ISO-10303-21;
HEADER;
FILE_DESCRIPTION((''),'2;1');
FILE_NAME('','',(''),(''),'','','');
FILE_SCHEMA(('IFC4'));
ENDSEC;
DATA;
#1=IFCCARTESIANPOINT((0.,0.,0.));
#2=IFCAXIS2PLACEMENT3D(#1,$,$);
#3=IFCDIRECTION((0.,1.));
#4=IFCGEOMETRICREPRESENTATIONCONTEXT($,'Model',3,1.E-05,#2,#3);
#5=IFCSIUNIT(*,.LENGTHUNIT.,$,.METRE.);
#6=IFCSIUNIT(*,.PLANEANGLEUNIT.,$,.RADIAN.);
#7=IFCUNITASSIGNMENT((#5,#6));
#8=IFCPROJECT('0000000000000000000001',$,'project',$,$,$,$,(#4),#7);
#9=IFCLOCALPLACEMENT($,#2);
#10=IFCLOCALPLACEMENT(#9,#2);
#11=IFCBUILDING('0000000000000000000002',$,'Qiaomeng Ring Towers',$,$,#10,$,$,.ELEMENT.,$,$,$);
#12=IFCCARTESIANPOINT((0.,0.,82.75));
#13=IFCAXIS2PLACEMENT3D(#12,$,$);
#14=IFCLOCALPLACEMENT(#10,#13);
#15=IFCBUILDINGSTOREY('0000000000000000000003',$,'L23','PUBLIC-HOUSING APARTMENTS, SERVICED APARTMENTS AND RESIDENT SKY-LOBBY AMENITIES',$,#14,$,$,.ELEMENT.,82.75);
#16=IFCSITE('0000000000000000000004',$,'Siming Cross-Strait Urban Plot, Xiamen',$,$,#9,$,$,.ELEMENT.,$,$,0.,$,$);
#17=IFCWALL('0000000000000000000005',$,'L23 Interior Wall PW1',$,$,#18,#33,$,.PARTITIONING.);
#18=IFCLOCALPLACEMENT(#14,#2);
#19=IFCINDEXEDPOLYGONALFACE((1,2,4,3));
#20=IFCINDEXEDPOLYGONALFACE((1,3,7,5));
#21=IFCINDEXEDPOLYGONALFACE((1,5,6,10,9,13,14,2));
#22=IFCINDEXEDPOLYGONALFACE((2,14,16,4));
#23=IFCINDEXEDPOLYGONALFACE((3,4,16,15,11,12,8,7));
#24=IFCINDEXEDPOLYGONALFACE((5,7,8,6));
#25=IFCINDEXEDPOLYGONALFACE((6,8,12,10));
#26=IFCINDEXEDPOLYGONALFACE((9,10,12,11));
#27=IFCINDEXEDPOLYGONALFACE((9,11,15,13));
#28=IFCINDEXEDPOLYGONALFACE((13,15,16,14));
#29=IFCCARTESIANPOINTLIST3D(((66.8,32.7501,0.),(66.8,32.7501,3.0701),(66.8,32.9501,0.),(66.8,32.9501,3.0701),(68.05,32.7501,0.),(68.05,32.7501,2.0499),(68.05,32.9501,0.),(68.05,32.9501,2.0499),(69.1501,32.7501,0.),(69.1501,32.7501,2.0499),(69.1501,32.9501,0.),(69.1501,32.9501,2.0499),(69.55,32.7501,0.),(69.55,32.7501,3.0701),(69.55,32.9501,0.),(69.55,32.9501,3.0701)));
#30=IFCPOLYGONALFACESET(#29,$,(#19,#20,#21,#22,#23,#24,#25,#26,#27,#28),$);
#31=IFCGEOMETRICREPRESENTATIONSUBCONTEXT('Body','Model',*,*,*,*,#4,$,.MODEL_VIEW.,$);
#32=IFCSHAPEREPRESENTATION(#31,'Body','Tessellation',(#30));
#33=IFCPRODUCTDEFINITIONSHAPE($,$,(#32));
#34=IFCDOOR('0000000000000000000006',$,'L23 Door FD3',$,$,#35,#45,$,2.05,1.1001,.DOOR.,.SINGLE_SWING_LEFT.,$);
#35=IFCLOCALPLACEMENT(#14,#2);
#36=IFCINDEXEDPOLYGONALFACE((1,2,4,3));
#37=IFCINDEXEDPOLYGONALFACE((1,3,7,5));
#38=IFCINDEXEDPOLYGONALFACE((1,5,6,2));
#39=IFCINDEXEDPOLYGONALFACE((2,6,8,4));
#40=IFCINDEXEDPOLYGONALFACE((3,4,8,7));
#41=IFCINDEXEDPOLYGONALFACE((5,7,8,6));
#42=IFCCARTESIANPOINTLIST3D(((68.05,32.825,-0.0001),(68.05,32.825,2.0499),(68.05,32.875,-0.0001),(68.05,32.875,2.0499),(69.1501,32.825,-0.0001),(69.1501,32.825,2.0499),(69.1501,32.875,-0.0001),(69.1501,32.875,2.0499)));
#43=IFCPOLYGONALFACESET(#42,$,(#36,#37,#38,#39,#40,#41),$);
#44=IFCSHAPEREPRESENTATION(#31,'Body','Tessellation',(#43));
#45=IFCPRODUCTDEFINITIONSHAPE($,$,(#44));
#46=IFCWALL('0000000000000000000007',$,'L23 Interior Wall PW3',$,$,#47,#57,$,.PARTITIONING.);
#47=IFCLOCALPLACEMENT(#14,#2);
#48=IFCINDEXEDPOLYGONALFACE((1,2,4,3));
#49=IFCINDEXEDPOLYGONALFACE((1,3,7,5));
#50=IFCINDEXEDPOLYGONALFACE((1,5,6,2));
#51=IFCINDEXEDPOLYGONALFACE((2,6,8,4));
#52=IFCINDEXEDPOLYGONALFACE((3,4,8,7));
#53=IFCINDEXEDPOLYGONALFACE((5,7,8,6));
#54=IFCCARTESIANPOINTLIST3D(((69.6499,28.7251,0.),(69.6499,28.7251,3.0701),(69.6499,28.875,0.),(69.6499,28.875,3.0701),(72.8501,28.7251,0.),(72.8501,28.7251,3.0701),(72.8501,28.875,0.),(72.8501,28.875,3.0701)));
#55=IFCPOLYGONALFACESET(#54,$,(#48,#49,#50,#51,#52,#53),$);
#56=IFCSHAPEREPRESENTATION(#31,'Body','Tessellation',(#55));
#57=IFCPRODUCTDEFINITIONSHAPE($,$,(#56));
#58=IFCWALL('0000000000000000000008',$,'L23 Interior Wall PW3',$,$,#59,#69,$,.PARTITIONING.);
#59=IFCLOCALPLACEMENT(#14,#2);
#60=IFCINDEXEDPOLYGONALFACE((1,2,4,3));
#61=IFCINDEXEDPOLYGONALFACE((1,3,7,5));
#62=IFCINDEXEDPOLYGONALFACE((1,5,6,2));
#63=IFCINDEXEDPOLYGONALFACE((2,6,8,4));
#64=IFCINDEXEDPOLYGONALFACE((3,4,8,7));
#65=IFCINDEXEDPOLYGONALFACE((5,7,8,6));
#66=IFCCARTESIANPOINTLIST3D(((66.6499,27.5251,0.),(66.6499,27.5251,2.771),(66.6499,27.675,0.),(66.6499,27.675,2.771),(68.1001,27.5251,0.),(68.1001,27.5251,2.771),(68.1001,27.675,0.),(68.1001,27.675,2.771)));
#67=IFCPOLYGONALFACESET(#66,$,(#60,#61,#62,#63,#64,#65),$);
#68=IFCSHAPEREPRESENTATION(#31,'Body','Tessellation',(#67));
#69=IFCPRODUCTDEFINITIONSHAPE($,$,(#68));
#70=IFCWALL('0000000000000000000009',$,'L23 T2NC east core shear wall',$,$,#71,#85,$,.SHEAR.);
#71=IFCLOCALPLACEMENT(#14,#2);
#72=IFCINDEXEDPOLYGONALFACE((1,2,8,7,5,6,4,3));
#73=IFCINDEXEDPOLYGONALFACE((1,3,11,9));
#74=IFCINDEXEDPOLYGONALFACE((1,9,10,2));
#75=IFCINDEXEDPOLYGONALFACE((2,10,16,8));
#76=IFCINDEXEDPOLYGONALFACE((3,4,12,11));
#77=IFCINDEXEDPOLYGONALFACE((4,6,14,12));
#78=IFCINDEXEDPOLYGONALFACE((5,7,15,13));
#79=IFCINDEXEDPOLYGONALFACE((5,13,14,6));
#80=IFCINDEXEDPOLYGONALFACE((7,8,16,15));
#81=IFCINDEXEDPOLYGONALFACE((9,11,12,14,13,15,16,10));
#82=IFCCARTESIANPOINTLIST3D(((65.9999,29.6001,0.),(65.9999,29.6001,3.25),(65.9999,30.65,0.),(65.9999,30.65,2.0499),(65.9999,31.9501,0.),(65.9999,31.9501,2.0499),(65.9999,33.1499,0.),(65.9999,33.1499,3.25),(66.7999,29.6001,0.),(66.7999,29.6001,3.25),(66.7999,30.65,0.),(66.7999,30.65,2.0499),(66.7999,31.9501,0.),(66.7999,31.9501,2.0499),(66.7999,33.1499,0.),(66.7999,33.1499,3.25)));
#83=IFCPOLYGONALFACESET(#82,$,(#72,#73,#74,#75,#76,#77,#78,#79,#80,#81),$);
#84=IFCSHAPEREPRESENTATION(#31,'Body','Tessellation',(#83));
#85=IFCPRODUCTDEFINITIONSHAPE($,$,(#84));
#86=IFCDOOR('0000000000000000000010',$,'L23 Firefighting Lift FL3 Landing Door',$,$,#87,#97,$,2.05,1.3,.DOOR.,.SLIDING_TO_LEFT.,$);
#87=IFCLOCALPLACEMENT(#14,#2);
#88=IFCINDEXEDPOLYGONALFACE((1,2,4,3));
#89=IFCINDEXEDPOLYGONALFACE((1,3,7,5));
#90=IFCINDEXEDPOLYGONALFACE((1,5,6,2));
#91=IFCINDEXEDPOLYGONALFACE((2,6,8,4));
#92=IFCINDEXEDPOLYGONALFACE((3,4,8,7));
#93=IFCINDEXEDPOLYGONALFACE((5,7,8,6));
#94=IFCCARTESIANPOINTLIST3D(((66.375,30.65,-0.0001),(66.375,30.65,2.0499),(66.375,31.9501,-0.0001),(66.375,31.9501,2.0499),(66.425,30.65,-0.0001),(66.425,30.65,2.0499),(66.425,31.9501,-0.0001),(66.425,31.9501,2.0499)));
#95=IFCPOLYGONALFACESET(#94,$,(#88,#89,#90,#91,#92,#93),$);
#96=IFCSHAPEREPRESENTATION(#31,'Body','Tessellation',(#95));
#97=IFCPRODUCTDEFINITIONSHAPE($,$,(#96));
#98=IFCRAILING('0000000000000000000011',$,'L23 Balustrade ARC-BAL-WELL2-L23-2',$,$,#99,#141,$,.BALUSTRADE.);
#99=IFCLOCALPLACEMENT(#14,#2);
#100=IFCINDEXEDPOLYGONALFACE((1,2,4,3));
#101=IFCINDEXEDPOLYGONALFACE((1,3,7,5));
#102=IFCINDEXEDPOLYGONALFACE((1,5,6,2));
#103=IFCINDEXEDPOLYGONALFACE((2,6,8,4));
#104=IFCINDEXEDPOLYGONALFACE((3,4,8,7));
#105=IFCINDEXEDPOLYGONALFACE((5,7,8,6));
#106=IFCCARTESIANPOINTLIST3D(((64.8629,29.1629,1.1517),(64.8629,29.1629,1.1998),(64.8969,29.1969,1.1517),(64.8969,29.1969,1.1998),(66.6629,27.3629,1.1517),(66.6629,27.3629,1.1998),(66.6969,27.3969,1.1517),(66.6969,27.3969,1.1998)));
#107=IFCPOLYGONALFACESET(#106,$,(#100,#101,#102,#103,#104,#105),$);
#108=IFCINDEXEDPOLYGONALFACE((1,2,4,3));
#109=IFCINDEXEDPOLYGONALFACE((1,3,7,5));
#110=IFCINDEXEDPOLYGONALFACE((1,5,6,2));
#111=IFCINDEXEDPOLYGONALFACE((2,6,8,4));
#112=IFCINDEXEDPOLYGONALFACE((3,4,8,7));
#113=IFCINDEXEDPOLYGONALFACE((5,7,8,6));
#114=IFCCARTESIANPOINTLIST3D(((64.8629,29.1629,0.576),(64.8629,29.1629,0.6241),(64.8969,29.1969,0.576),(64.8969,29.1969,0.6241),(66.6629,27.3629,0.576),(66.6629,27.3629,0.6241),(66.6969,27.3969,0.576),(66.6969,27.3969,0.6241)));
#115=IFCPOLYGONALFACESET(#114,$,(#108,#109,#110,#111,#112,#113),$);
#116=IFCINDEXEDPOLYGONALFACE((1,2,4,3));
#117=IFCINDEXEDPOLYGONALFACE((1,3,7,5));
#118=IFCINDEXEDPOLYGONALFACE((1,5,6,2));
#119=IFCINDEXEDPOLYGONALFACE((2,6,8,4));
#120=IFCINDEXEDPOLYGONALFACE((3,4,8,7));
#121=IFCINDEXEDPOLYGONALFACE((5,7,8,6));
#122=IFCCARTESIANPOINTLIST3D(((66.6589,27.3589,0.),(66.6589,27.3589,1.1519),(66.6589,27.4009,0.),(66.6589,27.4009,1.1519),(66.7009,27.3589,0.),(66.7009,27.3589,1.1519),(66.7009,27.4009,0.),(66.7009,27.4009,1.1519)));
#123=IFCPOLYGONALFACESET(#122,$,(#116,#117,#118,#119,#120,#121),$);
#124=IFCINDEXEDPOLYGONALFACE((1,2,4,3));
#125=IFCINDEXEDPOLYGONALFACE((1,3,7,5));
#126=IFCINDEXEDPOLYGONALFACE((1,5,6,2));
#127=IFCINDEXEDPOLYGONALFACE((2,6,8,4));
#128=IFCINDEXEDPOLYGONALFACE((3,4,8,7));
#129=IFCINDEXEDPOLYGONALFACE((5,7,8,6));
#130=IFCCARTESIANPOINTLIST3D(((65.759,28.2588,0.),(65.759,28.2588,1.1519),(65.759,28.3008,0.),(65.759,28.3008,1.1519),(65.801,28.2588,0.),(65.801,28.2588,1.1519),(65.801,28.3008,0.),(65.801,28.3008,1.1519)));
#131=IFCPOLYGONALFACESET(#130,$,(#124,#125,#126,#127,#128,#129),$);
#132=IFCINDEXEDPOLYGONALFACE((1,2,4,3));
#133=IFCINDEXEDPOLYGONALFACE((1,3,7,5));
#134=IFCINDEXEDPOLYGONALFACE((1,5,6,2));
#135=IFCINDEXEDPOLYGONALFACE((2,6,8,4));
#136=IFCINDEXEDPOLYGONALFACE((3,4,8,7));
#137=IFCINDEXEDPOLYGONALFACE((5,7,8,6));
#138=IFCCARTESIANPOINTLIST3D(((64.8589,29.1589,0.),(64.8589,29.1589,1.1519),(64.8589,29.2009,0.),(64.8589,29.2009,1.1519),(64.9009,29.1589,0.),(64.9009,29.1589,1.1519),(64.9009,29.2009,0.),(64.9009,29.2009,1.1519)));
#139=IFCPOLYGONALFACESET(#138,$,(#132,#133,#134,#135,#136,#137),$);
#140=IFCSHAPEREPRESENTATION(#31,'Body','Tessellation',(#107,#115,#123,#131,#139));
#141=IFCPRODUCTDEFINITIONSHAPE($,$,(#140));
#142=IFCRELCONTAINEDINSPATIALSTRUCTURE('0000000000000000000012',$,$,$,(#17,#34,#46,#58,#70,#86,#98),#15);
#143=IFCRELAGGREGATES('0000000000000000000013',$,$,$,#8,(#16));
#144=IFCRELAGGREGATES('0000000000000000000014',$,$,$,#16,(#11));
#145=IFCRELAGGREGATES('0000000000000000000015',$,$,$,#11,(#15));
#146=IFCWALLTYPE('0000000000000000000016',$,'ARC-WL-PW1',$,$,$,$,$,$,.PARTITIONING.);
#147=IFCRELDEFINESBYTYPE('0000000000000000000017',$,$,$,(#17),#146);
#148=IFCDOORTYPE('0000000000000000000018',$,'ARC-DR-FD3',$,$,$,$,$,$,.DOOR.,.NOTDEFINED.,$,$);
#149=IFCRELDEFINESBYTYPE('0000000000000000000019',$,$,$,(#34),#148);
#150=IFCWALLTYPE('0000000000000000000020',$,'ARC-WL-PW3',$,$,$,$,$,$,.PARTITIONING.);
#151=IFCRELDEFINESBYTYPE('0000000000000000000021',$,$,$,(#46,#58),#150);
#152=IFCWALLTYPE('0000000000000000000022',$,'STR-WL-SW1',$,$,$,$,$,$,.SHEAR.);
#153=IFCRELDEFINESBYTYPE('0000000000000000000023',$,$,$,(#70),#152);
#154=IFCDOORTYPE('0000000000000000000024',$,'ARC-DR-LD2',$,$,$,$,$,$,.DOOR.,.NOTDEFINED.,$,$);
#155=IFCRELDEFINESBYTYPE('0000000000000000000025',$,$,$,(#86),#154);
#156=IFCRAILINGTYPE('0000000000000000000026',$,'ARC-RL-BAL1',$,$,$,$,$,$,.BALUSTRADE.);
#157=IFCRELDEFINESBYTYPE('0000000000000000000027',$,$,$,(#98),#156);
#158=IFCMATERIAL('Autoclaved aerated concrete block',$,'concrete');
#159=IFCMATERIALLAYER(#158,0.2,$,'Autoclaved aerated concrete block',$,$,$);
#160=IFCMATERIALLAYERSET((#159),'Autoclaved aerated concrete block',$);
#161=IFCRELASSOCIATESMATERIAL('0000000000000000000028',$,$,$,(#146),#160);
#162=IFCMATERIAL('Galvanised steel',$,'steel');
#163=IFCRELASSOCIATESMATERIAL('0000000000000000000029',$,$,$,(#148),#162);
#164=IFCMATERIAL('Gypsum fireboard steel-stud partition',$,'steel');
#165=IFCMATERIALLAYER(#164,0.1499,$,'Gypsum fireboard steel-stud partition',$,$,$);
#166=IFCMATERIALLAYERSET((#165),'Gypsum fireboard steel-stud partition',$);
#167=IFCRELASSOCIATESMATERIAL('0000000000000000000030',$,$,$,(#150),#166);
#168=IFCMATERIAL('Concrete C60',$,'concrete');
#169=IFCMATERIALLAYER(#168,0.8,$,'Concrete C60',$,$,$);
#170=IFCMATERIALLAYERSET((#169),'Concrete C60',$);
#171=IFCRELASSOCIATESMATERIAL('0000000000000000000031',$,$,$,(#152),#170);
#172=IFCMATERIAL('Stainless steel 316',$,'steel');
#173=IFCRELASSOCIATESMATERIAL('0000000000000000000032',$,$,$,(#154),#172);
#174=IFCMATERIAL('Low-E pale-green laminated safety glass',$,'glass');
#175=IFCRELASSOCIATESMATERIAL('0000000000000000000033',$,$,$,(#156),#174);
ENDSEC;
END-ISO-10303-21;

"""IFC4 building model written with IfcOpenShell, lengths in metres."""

from ifc_helpers import new_model, si_unit, direction, frame, frame_2d, origin, origin_2d, place, context, subcontext, project, spatial, rectangle, extrude, source, transform, mapped, material, layer, layer_set, type_object, element, fill, save


model = new_model("IFC4")

# Units and contexts
model_context = context("Model", 3, precision=1e-05, world=origin(), true_north=direction((0.0, 1.0)))
body_context = subcontext(model_context, "Body", "Model", "MODEL_VIEW")
ifc_project = project(units=[si_unit("LENGTHUNIT", "METRE"), si_unit("PLANEANGLEUNIT", "RADIAN")], contexts=[model_context])

# Site, building, storey
site_placement = place(None, origin())
site = spatial("IfcSite", under=ifc_project, at=site_placement, Name="Siming Cross-Strait Urban Plot, Xiamen", CompositionType="ELEMENT", RefElevation=0.0)
building_placement = place(site_placement, origin())
building = spatial("IfcBuilding", under=site, at=building_placement, Name="Qiaomeng Ring Towers", CompositionType="ELEMENT")
storey_placement = place(building_placement, frame((0.0, 0.0, 82.75)))
storey = spatial("IfcBuildingStorey", under=building, at=storey_placement, Name="L23", Description="PUBLIC-HOUSING APARTMENTS, SERVICED APARTMENTS AND RESIDENT SKY-LOBBY AMENITIES", CompositionType="ELEMENT", Elevation=82.75)

# Shared definitions
ifc_material_1 = material(Name="Autoclaved aerated concrete block", Category="concrete")
ifc_layer_1 = layer(ifc_material_1, 0.2, Name="Autoclaved aerated concrete block")
ifc_layer_set_1 = layer_set([ifc_layer_1], Name="Autoclaved aerated concrete block")
wall_type_1 = type_object("IfcWallType", Name="ARC-WL-PW1", PredefinedType="PARTITIONING", material=ifc_layer_set_1)

# Wall, opening, door
wall_1_placement = place(storey_placement, frame((66.8, 32.8501, 0.0), z_axis=(0.0, 0.0, 1.0), x_axis=(1.0, 0.0, 0.0)))
wall_1 = element("IfcWall", 1, at=wall_1_placement, inside=storey, type_object=wall_type_1, Name="L23 Interior Wall PW1", PredefinedType="PARTITIONING", context=body_context, shape_type="SweptSolid", body=[
    extrude(rectangle(XDim=2.75, YDim=0.2, at=frame_2d((1.375, 0.0))), origin(), (0.0, 0.0, 1.0), 3.0701),
])
opening_1_placement = place(wall_1_placement, frame((1.25, 0.0, 0.0)))
opening_1 = element("IfcOpeningElement", 2, at=opening_1_placement, cuts=wall_1, PredefinedType="OPENING", context=body_context, shape_type="SweptSolid", body=[
    extrude(rectangle(XDim=1.1001, YDim=2.05, at=frame_2d((0.55, 1.0249))), frame((0.0, 0.1099, 0.0), z_axis=(0.0, -1.0, 0.0), x_axis=(1.0, 0.0, 0.0)), (0.0, 0.0, 1.0), 0.22),
])
ifc_material_2 = material(Name="Galvanised steel", Category="steel")
door_type_1 = type_object("IfcDoorType", Name="ARC-DR-FD3", OperationType="NOTDEFINED", PredefinedType="DOOR", material=ifc_material_2)
shared_shape_1 = source(origin(), body_context, "Body", "SweptSolid", [
    extrude(rectangle(XDim=1.1001, YDim=2.05, at=frame_2d((0.55, 1.0249))), frame((0.0, 0.0249, 0.0), z_axis=(0.0, -1.0, 0.0), x_axis=(1.0, 0.0, 0.0)), (0.0, 0.0, 1.0), 0.05),
])
door_1_placement = place(opening_1_placement, origin())
door_1 = element("IfcDoor", 3, at=door_1_placement, inside=storey, type_object=door_type_1, Name="L23 Door FD3", OperationType="SINGLE_SWING_LEFT", OverallHeight=2.05, OverallWidth=1.1001, PredefinedType="DOOR", context=body_context, shape_type="MappedRepresentation", body=[
    mapped(shared_shape_1, transform((0.0, 0.0, 0.0), x_axis=(1.0, 0.0, 0.0), y_axis=(0.0, 1.0, 0.0), z_axis=(0.0, 0.0, 1.0), scale=1.0)),
])
fill(opening_1, door_1)

# Walls
ifc_material_3 = material(Name="Gypsum fireboard steel-stud partition", Category="steel")
ifc_layer_2 = layer(ifc_material_3, 0.1499, Name="Gypsum fireboard steel-stud partition")
ifc_layer_set_2 = layer_set([ifc_layer_2], Name="Gypsum fireboard steel-stud partition")
wall_type_2 = type_object("IfcWallType", Name="ARC-WL-PW3", PredefinedType="PARTITIONING", material=ifc_layer_set_2)
wall_2_placement = place(storey_placement, frame((69.6499, 28.8, 0.0), z_axis=(0.0, 0.0, 1.0), x_axis=(1.0, 0.0, 0.0)))
element("IfcWall", 4, at=wall_2_placement, inside=storey, type_object=wall_type_2, Name="L23 Interior Wall PW3", PredefinedType="PARTITIONING", context=body_context, shape_type="SweptSolid", body=[
    extrude(rectangle(XDim=3.2002, YDim=0.1499, at=frame_2d((1.6001, 0.0))), origin(), (0.0, 0.0, 1.0), 3.0701),
])
wall_3_placement = place(storey_placement, frame((66.6499, 27.6001, 0.0), z_axis=(0.0, 0.0, 1.0), x_axis=(1.0, 0.0, 0.0)))
element("IfcWall", 5, at=wall_3_placement, inside=storey, type_object=wall_type_2, Name="L23 Interior Wall PW3", PredefinedType="PARTITIONING", context=body_context, shape_type="SweptSolid", body=[
    extrude(rectangle(XDim=1.4502, YDim=0.1499, at=frame_2d((0.7251, 0.0))), origin(), (0.0, 0.0, 1.0), 2.771),
])

# Wall, opening, door
ifc_material_4 = material(Name="Concrete C60", Category="concrete")
ifc_layer_3 = layer(ifc_material_4, 0.8, Name="Concrete C60")
ifc_layer_set_3 = layer_set([ifc_layer_3], Name="Concrete C60")
wall_type_3 = type_object("IfcWallType", Name="STR-WL-SW1", PredefinedType="SHEAR", material=ifc_layer_set_3)
wall_4_placement = place(storey_placement, frame((66.3999, 29.6001, 0.0), z_axis=(0.0, 0.0, 1.0), x_axis=(0.0, 1.0, 0.0)))
wall_4 = element("IfcWall", 6, at=wall_4_placement, inside=storey, type_object=wall_type_3, Name="L23 T2NC east core shear wall", PredefinedType="SHEAR", context=body_context, shape_type="SweptSolid", body=[
    extrude(rectangle(XDim=3.5498, YDim=0.8, at=frame_2d((1.7749, 0.0))), origin(), (0.0, 0.0, 1.0), 3.25),
])
opening_2_placement = place(wall_4_placement, frame((1.05, 0.0, 0.0)))
opening_2 = element("IfcOpeningElement", 7, at=opening_2_placement, cuts=wall_4, PredefinedType="OPENING", context=body_context, shape_type="SweptSolid", body=[
    extrude(rectangle(XDim=1.3, YDim=2.05, at=frame_2d((0.6499, 1.0249))), frame((0.0, 0.4099, 0.0), z_axis=(0.0, -1.0, 0.0), x_axis=(1.0, 0.0, 0.0)), (0.0, 0.0, 1.0), 0.8201),
])
ifc_material_5 = material(Name="Stainless steel 316", Category="steel")
door_type_2 = type_object("IfcDoorType", Name="ARC-DR-LD2", OperationType="NOTDEFINED", PredefinedType="DOOR", material=ifc_material_5)
shared_shape_2 = source(origin(), body_context, "Body", "SweptSolid", [
    extrude(rectangle(XDim=1.3, YDim=2.05, at=frame_2d((0.6499, 1.0249))), frame((0.0, 0.0249, 0.0), z_axis=(0.0, -1.0, 0.0), x_axis=(1.0, 0.0, 0.0)), (0.0, 0.0, 1.0), 0.05),
])
door_2_placement = place(opening_2_placement, origin())
door_2 = element("IfcDoor", 8, at=door_2_placement, inside=storey, type_object=door_type_2, Name="L23 Firefighting Lift FL3 Landing Door", OperationType="SLIDING_TO_LEFT", OverallHeight=2.05, OverallWidth=1.3, PredefinedType="DOOR", context=body_context, shape_type="MappedRepresentation", body=[
    mapped(shared_shape_2, transform((0.0, 0.0, 0.0), x_axis=(1.0, 0.0, 0.0), y_axis=(0.0, 1.0, 0.0), z_axis=(0.0, 0.0, 1.0), scale=1.0)),
])
fill(opening_2, door_2)

# Railing
ifc_material_6 = material(Name="Low-E pale-green laminated safety glass", Category="glass")
railing_type = type_object("IfcRailingType", Name="ARC-RL-BAL1", PredefinedType="BALUSTRADE", material=ifc_material_6)
railing_1_placement = place(storey_placement, frame((66.6799, 27.3799, 0.0)))
element("IfcRailing", 9, at=railing_1_placement, inside=storey, type_object=railing_type, Name="L23 Balustrade ARC-BAL-WELL2-L23-2", PredefinedType="BALUSTRADE", context=body_context, shape_type="SweptSolid", body=[
    extrude(rectangle(XDim=0.0481, YDim=0.0481, at=origin_2d()), frame((0.0, 0.0, 1.1758), z_axis=(-0.707107, 0.707107, 0.0), x_axis=(-0.707107, -0.707107, 0.0)), (0.0, 0.0, 1.0), 2.5457),
    extrude(rectangle(XDim=0.0481, YDim=0.0481, at=origin_2d()), frame((0.0, 0.0, 0.6001), z_axis=(-0.707107, 0.707107, 0.0), x_axis=(-0.707107, -0.707107, 0.0)), (0.0, 0.0, 1.0), 2.5457),
    extrude(rectangle(XDim=0.042, YDim=0.042, at=origin_2d()), origin(), (0.0, 0.0, 1.0), 1.1519),
    extrude(rectangle(XDim=0.042, YDim=0.042, at=origin_2d()), frame((-0.8999, 0.8999, 0.0)), (0.0, 0.0, 1.0), 1.1519),
    extrude(rectangle(XDim=0.042, YDim=0.042, at=origin_2d()), frame((-1.8, 1.8, 0.0)), (0.0, 0.0, 1.0), 1.1519),
])

save(model, "model.ifc")
